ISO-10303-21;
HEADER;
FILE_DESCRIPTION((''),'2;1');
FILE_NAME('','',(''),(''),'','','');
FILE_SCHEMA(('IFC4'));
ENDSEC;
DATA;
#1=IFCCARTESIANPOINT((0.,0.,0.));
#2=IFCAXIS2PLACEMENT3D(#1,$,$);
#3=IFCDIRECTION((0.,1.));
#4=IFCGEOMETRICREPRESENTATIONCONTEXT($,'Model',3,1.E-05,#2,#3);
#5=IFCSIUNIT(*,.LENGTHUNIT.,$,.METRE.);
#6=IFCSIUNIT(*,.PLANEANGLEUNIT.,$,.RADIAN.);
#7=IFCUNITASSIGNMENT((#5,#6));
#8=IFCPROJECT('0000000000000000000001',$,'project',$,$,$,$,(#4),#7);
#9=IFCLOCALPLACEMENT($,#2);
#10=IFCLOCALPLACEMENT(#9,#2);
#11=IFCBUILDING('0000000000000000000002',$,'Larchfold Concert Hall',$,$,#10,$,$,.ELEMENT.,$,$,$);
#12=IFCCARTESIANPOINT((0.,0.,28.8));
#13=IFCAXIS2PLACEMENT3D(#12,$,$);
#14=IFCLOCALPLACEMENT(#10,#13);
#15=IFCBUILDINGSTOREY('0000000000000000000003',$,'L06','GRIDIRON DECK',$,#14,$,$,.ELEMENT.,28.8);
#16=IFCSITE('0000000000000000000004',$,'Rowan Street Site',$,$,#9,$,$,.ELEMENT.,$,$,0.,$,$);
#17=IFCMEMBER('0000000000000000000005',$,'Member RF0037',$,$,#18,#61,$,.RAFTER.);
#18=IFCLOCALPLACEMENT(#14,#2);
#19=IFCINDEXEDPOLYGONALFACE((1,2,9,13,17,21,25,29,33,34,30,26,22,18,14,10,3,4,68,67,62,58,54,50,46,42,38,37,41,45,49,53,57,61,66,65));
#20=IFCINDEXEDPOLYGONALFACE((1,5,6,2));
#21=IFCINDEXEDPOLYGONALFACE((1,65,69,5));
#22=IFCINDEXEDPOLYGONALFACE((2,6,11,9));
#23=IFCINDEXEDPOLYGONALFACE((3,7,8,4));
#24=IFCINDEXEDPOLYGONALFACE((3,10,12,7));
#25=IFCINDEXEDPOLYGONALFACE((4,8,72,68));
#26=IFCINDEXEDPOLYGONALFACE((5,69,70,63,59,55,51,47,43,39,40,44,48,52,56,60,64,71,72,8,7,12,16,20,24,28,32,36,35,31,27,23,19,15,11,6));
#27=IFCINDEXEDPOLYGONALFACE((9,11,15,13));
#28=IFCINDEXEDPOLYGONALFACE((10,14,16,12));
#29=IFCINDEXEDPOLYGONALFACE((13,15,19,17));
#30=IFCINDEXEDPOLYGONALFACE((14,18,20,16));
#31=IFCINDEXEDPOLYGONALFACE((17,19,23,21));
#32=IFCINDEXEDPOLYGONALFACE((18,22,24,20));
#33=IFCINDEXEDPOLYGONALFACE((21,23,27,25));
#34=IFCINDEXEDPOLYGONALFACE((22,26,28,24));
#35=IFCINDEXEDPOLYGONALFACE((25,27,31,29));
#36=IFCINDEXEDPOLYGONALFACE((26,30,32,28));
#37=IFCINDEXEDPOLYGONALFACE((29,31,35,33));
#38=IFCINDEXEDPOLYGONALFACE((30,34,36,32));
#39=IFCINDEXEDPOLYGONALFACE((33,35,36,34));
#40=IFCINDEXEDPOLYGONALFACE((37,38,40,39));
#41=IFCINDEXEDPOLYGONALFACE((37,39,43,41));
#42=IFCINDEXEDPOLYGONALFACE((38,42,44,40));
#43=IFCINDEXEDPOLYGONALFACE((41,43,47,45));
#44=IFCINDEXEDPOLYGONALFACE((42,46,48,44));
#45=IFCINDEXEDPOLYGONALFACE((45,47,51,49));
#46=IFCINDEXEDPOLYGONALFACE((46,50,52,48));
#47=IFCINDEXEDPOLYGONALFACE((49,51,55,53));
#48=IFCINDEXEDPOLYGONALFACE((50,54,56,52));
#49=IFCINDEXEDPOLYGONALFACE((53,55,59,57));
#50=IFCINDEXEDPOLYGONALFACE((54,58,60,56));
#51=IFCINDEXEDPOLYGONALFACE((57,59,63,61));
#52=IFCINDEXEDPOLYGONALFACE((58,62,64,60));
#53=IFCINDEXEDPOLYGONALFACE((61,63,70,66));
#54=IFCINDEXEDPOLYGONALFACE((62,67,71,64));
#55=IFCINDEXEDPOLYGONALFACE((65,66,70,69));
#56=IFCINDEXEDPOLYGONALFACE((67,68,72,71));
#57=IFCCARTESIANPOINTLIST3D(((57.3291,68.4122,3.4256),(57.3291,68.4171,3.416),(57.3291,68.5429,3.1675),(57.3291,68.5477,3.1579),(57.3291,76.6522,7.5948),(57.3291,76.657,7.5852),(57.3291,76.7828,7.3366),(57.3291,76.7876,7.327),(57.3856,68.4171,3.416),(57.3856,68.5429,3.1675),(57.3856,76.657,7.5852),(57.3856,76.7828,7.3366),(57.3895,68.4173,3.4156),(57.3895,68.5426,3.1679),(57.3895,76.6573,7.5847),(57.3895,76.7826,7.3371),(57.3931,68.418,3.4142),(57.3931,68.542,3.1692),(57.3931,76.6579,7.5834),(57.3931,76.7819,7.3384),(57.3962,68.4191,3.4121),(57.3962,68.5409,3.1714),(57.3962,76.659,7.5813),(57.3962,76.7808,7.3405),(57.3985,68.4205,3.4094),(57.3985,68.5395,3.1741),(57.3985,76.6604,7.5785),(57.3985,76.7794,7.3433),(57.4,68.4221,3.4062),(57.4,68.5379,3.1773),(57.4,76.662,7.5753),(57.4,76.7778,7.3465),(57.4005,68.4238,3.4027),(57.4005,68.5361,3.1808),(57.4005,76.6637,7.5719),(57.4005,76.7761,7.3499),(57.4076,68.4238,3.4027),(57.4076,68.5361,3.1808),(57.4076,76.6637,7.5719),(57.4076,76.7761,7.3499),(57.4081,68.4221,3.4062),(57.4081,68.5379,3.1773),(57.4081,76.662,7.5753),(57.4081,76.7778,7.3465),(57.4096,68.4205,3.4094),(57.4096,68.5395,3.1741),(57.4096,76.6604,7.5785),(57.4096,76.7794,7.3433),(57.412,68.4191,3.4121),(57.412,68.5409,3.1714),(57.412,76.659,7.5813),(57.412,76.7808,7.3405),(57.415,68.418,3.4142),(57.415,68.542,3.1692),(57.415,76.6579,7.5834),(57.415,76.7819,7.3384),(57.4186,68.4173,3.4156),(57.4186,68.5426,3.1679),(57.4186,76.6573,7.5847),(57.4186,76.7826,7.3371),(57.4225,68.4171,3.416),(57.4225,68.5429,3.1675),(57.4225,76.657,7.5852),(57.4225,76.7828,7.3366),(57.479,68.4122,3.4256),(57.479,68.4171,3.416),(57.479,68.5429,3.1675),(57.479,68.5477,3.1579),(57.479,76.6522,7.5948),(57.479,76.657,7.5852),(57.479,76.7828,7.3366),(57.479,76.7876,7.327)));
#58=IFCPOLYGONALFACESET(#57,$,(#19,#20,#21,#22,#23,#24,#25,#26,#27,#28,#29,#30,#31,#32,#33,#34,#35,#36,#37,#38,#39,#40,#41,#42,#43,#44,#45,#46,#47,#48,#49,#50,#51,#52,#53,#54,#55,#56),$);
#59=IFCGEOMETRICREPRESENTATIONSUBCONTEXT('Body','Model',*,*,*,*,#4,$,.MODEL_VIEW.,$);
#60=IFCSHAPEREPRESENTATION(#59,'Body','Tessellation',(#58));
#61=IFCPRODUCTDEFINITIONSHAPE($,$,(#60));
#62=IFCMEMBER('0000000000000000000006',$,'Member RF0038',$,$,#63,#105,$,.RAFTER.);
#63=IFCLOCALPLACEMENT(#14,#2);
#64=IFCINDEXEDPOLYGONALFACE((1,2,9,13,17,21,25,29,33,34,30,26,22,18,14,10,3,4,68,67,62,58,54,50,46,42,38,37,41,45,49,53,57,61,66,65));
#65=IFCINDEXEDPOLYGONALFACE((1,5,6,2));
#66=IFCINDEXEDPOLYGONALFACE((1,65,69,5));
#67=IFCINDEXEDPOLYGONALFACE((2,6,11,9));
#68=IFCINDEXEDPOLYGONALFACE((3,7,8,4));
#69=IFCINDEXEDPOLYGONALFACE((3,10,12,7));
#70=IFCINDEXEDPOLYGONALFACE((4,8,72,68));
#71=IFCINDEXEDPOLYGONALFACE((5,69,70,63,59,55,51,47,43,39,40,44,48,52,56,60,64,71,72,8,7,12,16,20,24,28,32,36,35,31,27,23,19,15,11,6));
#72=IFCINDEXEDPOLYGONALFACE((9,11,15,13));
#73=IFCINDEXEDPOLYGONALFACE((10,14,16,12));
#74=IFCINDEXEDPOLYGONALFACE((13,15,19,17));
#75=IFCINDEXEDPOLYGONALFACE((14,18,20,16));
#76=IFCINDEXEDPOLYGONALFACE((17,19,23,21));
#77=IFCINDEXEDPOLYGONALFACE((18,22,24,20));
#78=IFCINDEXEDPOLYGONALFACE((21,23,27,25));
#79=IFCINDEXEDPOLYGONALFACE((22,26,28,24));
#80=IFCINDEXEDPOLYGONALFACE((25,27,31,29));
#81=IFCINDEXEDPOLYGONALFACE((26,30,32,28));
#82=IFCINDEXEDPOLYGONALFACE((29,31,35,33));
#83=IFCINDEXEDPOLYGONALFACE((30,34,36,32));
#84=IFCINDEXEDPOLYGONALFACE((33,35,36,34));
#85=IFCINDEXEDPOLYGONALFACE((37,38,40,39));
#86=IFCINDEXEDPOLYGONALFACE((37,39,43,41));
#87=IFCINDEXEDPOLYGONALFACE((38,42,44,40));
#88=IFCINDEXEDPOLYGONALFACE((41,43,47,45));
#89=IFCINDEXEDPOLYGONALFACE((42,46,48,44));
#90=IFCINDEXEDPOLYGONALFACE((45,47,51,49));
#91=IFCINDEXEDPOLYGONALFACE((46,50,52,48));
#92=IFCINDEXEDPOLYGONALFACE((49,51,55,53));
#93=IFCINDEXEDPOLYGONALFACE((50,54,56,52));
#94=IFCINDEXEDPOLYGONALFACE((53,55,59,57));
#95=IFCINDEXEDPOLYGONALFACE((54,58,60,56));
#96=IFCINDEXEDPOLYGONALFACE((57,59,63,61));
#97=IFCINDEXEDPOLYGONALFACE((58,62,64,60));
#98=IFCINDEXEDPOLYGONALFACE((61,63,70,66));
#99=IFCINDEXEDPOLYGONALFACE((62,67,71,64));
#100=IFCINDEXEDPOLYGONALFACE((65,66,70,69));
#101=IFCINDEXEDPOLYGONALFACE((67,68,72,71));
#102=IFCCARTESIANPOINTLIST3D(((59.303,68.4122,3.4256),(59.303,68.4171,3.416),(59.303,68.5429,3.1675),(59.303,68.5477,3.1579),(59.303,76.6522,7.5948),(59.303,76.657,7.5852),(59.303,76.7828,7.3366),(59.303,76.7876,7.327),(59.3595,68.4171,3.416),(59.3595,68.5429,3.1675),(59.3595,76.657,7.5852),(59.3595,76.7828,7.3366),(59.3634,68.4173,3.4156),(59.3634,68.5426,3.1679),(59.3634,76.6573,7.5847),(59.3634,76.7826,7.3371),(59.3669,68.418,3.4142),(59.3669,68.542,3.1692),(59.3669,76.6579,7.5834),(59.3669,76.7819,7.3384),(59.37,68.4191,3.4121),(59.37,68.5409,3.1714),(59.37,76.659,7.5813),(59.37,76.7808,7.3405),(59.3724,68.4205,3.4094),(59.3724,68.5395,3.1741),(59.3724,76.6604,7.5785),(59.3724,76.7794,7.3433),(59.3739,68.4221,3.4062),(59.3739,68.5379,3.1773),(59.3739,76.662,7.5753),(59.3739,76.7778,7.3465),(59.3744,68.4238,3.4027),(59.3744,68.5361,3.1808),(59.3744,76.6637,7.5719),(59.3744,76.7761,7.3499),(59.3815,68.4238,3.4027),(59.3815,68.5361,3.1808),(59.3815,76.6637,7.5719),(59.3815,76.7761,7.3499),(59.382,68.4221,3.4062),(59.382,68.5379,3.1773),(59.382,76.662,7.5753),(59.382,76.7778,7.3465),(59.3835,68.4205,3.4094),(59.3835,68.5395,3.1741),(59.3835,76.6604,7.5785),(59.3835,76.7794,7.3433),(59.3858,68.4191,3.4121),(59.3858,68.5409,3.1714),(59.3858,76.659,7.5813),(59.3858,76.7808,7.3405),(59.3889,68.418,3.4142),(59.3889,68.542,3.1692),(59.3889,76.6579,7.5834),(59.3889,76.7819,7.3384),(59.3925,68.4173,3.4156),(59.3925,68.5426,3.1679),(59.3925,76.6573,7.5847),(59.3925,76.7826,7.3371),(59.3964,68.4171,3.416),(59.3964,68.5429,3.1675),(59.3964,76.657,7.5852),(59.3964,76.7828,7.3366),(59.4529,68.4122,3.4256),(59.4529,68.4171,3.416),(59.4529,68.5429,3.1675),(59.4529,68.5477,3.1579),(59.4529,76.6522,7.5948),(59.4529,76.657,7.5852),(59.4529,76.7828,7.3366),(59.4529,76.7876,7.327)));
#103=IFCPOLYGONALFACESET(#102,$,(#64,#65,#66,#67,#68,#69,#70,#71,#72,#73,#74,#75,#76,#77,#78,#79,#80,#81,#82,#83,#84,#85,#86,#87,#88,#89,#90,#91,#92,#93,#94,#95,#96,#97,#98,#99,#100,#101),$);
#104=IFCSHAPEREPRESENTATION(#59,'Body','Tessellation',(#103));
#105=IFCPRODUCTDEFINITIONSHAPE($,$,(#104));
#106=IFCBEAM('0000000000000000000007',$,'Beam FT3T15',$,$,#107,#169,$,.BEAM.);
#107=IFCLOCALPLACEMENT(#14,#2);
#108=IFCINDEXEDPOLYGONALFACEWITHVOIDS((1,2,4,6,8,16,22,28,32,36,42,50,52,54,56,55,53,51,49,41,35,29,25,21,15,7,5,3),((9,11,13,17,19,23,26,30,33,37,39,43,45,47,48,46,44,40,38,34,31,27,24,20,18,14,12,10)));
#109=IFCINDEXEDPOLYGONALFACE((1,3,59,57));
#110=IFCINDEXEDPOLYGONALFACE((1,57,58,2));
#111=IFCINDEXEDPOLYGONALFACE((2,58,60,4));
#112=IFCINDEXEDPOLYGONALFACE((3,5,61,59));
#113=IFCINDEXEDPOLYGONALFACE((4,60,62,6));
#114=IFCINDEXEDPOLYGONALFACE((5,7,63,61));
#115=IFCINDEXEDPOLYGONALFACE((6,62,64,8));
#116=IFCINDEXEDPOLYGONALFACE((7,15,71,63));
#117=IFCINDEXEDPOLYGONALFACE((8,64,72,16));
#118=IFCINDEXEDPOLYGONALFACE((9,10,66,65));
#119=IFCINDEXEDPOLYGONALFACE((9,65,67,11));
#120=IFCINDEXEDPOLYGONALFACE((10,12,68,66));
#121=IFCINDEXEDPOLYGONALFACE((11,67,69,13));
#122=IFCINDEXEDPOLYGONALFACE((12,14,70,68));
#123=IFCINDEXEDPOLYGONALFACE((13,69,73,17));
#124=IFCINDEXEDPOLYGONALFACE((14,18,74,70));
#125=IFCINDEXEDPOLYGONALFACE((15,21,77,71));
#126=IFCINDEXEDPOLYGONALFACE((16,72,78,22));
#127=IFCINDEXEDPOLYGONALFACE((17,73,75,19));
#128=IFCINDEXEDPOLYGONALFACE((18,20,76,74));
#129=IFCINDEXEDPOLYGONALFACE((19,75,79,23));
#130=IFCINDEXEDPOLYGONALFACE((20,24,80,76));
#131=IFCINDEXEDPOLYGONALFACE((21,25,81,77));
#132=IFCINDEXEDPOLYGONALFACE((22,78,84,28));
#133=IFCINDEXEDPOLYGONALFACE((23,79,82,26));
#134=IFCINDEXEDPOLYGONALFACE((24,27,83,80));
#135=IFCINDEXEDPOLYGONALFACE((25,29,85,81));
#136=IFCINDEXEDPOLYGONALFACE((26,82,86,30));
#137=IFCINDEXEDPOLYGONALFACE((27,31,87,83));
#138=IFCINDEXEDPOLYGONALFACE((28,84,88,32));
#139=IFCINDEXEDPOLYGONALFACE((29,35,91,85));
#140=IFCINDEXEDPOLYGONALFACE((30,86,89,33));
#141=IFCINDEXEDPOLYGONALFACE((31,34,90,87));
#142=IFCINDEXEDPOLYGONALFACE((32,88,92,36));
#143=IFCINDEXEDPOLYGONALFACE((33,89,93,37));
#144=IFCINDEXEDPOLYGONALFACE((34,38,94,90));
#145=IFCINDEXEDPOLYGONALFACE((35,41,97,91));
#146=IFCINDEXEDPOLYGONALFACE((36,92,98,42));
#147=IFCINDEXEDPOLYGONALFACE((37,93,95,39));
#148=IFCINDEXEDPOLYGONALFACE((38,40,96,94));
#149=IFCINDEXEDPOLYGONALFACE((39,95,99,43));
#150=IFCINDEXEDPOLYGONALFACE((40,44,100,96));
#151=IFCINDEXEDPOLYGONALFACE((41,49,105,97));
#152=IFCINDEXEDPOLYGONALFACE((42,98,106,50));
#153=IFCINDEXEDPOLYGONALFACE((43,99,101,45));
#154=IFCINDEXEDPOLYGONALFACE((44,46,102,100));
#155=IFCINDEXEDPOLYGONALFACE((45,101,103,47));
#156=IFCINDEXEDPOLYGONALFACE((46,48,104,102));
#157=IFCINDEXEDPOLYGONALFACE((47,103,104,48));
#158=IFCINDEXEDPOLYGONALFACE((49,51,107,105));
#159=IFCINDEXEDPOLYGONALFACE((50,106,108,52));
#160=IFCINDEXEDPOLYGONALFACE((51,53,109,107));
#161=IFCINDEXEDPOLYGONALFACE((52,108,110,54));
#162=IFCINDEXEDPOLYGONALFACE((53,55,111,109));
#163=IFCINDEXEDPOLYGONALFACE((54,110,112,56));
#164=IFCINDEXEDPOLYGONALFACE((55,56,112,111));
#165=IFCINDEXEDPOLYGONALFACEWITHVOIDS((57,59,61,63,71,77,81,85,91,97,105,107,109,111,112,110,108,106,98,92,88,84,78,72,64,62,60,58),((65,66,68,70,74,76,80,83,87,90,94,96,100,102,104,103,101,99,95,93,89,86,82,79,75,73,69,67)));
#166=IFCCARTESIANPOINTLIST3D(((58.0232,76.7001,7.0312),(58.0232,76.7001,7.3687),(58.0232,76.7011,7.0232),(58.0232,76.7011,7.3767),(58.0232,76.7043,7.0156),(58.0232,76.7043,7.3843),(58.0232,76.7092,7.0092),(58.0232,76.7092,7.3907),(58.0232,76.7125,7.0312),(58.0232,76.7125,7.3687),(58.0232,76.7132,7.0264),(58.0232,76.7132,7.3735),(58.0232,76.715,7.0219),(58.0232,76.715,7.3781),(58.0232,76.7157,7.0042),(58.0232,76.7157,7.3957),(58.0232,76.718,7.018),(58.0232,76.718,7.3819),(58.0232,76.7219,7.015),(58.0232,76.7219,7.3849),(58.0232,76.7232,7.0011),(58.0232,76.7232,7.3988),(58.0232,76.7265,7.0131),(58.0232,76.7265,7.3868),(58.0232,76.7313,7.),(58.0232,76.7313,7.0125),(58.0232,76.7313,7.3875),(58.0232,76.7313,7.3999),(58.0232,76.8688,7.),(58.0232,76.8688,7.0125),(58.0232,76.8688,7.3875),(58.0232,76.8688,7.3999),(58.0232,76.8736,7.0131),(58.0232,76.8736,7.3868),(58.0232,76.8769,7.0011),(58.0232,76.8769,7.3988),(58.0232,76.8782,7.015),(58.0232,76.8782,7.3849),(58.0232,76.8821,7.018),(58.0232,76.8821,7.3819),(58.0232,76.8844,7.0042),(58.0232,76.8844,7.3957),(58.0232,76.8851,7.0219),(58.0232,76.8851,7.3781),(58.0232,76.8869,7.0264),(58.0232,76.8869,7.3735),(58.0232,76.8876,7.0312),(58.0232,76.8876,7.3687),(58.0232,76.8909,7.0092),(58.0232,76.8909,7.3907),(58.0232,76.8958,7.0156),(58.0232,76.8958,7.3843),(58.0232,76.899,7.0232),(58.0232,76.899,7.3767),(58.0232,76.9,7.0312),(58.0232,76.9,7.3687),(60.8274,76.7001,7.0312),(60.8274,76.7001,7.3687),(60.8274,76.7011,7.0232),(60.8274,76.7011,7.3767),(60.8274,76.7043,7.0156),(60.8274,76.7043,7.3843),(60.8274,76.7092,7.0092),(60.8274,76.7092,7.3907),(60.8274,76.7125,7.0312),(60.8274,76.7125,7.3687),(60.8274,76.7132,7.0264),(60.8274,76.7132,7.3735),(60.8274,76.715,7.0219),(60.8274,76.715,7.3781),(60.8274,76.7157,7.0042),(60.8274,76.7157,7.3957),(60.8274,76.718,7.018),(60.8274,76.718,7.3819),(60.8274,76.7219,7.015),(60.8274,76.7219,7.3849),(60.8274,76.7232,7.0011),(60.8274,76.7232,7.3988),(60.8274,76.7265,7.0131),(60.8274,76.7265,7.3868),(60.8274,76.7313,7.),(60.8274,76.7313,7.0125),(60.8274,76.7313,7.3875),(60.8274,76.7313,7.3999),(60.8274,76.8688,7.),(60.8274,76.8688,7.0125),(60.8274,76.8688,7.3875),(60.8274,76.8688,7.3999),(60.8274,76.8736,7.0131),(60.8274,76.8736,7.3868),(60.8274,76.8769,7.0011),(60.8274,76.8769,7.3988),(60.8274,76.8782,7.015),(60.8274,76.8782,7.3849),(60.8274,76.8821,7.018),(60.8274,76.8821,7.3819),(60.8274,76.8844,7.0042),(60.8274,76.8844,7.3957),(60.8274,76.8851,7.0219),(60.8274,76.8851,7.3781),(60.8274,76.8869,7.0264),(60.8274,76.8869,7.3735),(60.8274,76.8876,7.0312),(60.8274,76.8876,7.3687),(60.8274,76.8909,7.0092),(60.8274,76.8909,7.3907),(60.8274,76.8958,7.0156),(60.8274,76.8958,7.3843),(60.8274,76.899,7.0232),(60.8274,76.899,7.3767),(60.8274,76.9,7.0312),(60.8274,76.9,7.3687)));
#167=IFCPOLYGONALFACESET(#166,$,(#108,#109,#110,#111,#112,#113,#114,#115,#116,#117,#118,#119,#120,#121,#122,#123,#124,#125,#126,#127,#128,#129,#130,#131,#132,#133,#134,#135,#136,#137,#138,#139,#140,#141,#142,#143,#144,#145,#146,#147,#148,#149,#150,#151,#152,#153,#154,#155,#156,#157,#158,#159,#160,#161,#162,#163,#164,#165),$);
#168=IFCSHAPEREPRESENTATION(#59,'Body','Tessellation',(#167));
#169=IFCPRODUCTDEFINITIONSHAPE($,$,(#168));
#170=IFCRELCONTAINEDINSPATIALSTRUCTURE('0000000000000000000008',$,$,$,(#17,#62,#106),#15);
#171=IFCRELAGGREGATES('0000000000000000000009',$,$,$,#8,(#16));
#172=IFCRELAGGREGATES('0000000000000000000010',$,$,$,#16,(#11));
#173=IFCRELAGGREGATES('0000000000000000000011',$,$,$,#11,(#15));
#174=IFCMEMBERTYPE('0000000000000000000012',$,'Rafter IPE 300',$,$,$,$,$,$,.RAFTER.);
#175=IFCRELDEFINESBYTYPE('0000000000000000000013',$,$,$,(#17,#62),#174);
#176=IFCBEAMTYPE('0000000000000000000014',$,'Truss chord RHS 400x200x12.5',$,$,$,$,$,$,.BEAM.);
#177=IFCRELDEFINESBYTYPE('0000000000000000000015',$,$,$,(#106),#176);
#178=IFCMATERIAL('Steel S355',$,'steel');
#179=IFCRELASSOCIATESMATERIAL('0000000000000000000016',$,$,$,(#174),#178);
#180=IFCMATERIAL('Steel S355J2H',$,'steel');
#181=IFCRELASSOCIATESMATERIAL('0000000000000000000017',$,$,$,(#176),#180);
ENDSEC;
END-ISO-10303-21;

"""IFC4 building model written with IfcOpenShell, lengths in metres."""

from ifc_helpers import new_model, si_unit, direction, frame, origin, origin_2d, place, context, subcontext, project, spatial, hollow_rectangle, i_section, extrude, material, material_profile, profile_set, type_object, element, save


model = new_model("IFC4")

# Units and contexts
model_context = context("Model", 3, precision=1e-05, world=origin(), true_north=direction((0.0, 1.0)))
body_context = subcontext(model_context, "Body", "Model", "MODEL_VIEW")
ifc_project = project(units=[si_unit("LENGTHUNIT", "METRE"), si_unit("PLANEANGLEUNIT", "RADIAN")], contexts=[model_context])

# Site, building, storey
site_placement = place(None, origin())
site = spatial("IfcSite", under=ifc_project, at=site_placement, Name="Rowan Street Site", CompositionType="ELEMENT", RefElevation=0.0)
building_placement = place(site_placement, origin())
building = spatial("IfcBuilding", under=site, at=building_placement, Name="Larchfold Concert Hall", CompositionType="ELEMENT")
storey_placement = place(building_placement, frame((0.0, 0.0, 28.8)))
storey = spatial("IfcBuildingStorey", under=building, at=storey_placement, Name="L06", Description="GRIDIRON DECK", CompositionType="ELEMENT", Elevation=28.8)

# Members
ifc_material_1 = material(Name="Steel S355", Category="steel")
ifc_material_profile_1 = material_profile(ifc_material_1, i_section(OverallWidth=0.1499, OverallDepth=0.3, WebThickness=0.0071, FlangeThickness=0.0107, FilletRadius=0.0149, at=origin_2d()))
ifc_profile_set_1 = profile_set([ifc_material_profile_1], Name="Steel S355")
member_type_1 = type_object("IfcMemberType", Name="Rafter IPE 300", PredefinedType="RAFTER", material=ifc_profile_set_1)
for number, where, z_axis, x_axis, name in (
    (1, (57.4041, 68.48, 3.2917), (0.0, 0.892286, 0.45147), (-1.0, 0.0, 0.0), "Member RF0037"),
    (2, (59.3779, 68.48, 3.2917), (0.0, 0.892286, 0.45147), (-1.0, 0.0, 0.0), "Member RF0038"),
):
    element("IfcMember", number, at=place(storey_placement, frame(where, z_axis=z_axis, x_axis=x_axis)), inside=storey, type_object=member_type_1, Name=name, PredefinedType="RAFTER", context=body_context, shape_type="SweptSolid", body=[
        extrude(i_section(OverallWidth=0.1499, OverallDepth=0.3, WebThickness=0.0071, FlangeThickness=0.0107, FilletRadius=0.0149, at=origin_2d()), origin(), (0.0, 0.0, 1.0), 9.2346),
    ])

# Beam
ifc_material_2 = material(Name="Steel S355J2H", Category="steel")
ifc_material_profile_2 = material_profile(ifc_material_2, hollow_rectangle(XDim=0.2, YDim=0.3999, WallThickness=0.0125, InnerFilletRadius=0.0188, OuterFilletRadius=0.0312, at=origin_2d()))
ifc_profile_set_2 = profile_set([ifc_material_profile_2], Name="Steel S355J2H")
beam_type_1 = type_object("IfcBeamType", Name="Truss chord RHS 400x200x12.5", PredefinedType="BEAM", material=ifc_profile_set_2)
for number, where, z_axis, x_axis, name in (
    (3, (58.0232, 76.8, 7.2), (1.0, 0.0, 0.0), (0.0, 1.0, 0.0), "Beam FT3T15"),
):
    element("IfcBeam", number, at=place(storey_placement, frame(where, z_axis=z_axis, x_axis=x_axis)), inside=storey, type_object=beam_type_1, Name=name, PredefinedType="BEAM", context=body_context, shape_type="SweptSolid", body=[
        extrude(hollow_rectangle(XDim=0.2, YDim=0.3999, WallThickness=0.0125, InnerFilletRadius=0.0188, OuterFilletRadius=0.0312, at=origin_2d()), origin(), (0.0, 0.0, 1.0), 2.8042),
    ])

save(model, "model.ifc")
